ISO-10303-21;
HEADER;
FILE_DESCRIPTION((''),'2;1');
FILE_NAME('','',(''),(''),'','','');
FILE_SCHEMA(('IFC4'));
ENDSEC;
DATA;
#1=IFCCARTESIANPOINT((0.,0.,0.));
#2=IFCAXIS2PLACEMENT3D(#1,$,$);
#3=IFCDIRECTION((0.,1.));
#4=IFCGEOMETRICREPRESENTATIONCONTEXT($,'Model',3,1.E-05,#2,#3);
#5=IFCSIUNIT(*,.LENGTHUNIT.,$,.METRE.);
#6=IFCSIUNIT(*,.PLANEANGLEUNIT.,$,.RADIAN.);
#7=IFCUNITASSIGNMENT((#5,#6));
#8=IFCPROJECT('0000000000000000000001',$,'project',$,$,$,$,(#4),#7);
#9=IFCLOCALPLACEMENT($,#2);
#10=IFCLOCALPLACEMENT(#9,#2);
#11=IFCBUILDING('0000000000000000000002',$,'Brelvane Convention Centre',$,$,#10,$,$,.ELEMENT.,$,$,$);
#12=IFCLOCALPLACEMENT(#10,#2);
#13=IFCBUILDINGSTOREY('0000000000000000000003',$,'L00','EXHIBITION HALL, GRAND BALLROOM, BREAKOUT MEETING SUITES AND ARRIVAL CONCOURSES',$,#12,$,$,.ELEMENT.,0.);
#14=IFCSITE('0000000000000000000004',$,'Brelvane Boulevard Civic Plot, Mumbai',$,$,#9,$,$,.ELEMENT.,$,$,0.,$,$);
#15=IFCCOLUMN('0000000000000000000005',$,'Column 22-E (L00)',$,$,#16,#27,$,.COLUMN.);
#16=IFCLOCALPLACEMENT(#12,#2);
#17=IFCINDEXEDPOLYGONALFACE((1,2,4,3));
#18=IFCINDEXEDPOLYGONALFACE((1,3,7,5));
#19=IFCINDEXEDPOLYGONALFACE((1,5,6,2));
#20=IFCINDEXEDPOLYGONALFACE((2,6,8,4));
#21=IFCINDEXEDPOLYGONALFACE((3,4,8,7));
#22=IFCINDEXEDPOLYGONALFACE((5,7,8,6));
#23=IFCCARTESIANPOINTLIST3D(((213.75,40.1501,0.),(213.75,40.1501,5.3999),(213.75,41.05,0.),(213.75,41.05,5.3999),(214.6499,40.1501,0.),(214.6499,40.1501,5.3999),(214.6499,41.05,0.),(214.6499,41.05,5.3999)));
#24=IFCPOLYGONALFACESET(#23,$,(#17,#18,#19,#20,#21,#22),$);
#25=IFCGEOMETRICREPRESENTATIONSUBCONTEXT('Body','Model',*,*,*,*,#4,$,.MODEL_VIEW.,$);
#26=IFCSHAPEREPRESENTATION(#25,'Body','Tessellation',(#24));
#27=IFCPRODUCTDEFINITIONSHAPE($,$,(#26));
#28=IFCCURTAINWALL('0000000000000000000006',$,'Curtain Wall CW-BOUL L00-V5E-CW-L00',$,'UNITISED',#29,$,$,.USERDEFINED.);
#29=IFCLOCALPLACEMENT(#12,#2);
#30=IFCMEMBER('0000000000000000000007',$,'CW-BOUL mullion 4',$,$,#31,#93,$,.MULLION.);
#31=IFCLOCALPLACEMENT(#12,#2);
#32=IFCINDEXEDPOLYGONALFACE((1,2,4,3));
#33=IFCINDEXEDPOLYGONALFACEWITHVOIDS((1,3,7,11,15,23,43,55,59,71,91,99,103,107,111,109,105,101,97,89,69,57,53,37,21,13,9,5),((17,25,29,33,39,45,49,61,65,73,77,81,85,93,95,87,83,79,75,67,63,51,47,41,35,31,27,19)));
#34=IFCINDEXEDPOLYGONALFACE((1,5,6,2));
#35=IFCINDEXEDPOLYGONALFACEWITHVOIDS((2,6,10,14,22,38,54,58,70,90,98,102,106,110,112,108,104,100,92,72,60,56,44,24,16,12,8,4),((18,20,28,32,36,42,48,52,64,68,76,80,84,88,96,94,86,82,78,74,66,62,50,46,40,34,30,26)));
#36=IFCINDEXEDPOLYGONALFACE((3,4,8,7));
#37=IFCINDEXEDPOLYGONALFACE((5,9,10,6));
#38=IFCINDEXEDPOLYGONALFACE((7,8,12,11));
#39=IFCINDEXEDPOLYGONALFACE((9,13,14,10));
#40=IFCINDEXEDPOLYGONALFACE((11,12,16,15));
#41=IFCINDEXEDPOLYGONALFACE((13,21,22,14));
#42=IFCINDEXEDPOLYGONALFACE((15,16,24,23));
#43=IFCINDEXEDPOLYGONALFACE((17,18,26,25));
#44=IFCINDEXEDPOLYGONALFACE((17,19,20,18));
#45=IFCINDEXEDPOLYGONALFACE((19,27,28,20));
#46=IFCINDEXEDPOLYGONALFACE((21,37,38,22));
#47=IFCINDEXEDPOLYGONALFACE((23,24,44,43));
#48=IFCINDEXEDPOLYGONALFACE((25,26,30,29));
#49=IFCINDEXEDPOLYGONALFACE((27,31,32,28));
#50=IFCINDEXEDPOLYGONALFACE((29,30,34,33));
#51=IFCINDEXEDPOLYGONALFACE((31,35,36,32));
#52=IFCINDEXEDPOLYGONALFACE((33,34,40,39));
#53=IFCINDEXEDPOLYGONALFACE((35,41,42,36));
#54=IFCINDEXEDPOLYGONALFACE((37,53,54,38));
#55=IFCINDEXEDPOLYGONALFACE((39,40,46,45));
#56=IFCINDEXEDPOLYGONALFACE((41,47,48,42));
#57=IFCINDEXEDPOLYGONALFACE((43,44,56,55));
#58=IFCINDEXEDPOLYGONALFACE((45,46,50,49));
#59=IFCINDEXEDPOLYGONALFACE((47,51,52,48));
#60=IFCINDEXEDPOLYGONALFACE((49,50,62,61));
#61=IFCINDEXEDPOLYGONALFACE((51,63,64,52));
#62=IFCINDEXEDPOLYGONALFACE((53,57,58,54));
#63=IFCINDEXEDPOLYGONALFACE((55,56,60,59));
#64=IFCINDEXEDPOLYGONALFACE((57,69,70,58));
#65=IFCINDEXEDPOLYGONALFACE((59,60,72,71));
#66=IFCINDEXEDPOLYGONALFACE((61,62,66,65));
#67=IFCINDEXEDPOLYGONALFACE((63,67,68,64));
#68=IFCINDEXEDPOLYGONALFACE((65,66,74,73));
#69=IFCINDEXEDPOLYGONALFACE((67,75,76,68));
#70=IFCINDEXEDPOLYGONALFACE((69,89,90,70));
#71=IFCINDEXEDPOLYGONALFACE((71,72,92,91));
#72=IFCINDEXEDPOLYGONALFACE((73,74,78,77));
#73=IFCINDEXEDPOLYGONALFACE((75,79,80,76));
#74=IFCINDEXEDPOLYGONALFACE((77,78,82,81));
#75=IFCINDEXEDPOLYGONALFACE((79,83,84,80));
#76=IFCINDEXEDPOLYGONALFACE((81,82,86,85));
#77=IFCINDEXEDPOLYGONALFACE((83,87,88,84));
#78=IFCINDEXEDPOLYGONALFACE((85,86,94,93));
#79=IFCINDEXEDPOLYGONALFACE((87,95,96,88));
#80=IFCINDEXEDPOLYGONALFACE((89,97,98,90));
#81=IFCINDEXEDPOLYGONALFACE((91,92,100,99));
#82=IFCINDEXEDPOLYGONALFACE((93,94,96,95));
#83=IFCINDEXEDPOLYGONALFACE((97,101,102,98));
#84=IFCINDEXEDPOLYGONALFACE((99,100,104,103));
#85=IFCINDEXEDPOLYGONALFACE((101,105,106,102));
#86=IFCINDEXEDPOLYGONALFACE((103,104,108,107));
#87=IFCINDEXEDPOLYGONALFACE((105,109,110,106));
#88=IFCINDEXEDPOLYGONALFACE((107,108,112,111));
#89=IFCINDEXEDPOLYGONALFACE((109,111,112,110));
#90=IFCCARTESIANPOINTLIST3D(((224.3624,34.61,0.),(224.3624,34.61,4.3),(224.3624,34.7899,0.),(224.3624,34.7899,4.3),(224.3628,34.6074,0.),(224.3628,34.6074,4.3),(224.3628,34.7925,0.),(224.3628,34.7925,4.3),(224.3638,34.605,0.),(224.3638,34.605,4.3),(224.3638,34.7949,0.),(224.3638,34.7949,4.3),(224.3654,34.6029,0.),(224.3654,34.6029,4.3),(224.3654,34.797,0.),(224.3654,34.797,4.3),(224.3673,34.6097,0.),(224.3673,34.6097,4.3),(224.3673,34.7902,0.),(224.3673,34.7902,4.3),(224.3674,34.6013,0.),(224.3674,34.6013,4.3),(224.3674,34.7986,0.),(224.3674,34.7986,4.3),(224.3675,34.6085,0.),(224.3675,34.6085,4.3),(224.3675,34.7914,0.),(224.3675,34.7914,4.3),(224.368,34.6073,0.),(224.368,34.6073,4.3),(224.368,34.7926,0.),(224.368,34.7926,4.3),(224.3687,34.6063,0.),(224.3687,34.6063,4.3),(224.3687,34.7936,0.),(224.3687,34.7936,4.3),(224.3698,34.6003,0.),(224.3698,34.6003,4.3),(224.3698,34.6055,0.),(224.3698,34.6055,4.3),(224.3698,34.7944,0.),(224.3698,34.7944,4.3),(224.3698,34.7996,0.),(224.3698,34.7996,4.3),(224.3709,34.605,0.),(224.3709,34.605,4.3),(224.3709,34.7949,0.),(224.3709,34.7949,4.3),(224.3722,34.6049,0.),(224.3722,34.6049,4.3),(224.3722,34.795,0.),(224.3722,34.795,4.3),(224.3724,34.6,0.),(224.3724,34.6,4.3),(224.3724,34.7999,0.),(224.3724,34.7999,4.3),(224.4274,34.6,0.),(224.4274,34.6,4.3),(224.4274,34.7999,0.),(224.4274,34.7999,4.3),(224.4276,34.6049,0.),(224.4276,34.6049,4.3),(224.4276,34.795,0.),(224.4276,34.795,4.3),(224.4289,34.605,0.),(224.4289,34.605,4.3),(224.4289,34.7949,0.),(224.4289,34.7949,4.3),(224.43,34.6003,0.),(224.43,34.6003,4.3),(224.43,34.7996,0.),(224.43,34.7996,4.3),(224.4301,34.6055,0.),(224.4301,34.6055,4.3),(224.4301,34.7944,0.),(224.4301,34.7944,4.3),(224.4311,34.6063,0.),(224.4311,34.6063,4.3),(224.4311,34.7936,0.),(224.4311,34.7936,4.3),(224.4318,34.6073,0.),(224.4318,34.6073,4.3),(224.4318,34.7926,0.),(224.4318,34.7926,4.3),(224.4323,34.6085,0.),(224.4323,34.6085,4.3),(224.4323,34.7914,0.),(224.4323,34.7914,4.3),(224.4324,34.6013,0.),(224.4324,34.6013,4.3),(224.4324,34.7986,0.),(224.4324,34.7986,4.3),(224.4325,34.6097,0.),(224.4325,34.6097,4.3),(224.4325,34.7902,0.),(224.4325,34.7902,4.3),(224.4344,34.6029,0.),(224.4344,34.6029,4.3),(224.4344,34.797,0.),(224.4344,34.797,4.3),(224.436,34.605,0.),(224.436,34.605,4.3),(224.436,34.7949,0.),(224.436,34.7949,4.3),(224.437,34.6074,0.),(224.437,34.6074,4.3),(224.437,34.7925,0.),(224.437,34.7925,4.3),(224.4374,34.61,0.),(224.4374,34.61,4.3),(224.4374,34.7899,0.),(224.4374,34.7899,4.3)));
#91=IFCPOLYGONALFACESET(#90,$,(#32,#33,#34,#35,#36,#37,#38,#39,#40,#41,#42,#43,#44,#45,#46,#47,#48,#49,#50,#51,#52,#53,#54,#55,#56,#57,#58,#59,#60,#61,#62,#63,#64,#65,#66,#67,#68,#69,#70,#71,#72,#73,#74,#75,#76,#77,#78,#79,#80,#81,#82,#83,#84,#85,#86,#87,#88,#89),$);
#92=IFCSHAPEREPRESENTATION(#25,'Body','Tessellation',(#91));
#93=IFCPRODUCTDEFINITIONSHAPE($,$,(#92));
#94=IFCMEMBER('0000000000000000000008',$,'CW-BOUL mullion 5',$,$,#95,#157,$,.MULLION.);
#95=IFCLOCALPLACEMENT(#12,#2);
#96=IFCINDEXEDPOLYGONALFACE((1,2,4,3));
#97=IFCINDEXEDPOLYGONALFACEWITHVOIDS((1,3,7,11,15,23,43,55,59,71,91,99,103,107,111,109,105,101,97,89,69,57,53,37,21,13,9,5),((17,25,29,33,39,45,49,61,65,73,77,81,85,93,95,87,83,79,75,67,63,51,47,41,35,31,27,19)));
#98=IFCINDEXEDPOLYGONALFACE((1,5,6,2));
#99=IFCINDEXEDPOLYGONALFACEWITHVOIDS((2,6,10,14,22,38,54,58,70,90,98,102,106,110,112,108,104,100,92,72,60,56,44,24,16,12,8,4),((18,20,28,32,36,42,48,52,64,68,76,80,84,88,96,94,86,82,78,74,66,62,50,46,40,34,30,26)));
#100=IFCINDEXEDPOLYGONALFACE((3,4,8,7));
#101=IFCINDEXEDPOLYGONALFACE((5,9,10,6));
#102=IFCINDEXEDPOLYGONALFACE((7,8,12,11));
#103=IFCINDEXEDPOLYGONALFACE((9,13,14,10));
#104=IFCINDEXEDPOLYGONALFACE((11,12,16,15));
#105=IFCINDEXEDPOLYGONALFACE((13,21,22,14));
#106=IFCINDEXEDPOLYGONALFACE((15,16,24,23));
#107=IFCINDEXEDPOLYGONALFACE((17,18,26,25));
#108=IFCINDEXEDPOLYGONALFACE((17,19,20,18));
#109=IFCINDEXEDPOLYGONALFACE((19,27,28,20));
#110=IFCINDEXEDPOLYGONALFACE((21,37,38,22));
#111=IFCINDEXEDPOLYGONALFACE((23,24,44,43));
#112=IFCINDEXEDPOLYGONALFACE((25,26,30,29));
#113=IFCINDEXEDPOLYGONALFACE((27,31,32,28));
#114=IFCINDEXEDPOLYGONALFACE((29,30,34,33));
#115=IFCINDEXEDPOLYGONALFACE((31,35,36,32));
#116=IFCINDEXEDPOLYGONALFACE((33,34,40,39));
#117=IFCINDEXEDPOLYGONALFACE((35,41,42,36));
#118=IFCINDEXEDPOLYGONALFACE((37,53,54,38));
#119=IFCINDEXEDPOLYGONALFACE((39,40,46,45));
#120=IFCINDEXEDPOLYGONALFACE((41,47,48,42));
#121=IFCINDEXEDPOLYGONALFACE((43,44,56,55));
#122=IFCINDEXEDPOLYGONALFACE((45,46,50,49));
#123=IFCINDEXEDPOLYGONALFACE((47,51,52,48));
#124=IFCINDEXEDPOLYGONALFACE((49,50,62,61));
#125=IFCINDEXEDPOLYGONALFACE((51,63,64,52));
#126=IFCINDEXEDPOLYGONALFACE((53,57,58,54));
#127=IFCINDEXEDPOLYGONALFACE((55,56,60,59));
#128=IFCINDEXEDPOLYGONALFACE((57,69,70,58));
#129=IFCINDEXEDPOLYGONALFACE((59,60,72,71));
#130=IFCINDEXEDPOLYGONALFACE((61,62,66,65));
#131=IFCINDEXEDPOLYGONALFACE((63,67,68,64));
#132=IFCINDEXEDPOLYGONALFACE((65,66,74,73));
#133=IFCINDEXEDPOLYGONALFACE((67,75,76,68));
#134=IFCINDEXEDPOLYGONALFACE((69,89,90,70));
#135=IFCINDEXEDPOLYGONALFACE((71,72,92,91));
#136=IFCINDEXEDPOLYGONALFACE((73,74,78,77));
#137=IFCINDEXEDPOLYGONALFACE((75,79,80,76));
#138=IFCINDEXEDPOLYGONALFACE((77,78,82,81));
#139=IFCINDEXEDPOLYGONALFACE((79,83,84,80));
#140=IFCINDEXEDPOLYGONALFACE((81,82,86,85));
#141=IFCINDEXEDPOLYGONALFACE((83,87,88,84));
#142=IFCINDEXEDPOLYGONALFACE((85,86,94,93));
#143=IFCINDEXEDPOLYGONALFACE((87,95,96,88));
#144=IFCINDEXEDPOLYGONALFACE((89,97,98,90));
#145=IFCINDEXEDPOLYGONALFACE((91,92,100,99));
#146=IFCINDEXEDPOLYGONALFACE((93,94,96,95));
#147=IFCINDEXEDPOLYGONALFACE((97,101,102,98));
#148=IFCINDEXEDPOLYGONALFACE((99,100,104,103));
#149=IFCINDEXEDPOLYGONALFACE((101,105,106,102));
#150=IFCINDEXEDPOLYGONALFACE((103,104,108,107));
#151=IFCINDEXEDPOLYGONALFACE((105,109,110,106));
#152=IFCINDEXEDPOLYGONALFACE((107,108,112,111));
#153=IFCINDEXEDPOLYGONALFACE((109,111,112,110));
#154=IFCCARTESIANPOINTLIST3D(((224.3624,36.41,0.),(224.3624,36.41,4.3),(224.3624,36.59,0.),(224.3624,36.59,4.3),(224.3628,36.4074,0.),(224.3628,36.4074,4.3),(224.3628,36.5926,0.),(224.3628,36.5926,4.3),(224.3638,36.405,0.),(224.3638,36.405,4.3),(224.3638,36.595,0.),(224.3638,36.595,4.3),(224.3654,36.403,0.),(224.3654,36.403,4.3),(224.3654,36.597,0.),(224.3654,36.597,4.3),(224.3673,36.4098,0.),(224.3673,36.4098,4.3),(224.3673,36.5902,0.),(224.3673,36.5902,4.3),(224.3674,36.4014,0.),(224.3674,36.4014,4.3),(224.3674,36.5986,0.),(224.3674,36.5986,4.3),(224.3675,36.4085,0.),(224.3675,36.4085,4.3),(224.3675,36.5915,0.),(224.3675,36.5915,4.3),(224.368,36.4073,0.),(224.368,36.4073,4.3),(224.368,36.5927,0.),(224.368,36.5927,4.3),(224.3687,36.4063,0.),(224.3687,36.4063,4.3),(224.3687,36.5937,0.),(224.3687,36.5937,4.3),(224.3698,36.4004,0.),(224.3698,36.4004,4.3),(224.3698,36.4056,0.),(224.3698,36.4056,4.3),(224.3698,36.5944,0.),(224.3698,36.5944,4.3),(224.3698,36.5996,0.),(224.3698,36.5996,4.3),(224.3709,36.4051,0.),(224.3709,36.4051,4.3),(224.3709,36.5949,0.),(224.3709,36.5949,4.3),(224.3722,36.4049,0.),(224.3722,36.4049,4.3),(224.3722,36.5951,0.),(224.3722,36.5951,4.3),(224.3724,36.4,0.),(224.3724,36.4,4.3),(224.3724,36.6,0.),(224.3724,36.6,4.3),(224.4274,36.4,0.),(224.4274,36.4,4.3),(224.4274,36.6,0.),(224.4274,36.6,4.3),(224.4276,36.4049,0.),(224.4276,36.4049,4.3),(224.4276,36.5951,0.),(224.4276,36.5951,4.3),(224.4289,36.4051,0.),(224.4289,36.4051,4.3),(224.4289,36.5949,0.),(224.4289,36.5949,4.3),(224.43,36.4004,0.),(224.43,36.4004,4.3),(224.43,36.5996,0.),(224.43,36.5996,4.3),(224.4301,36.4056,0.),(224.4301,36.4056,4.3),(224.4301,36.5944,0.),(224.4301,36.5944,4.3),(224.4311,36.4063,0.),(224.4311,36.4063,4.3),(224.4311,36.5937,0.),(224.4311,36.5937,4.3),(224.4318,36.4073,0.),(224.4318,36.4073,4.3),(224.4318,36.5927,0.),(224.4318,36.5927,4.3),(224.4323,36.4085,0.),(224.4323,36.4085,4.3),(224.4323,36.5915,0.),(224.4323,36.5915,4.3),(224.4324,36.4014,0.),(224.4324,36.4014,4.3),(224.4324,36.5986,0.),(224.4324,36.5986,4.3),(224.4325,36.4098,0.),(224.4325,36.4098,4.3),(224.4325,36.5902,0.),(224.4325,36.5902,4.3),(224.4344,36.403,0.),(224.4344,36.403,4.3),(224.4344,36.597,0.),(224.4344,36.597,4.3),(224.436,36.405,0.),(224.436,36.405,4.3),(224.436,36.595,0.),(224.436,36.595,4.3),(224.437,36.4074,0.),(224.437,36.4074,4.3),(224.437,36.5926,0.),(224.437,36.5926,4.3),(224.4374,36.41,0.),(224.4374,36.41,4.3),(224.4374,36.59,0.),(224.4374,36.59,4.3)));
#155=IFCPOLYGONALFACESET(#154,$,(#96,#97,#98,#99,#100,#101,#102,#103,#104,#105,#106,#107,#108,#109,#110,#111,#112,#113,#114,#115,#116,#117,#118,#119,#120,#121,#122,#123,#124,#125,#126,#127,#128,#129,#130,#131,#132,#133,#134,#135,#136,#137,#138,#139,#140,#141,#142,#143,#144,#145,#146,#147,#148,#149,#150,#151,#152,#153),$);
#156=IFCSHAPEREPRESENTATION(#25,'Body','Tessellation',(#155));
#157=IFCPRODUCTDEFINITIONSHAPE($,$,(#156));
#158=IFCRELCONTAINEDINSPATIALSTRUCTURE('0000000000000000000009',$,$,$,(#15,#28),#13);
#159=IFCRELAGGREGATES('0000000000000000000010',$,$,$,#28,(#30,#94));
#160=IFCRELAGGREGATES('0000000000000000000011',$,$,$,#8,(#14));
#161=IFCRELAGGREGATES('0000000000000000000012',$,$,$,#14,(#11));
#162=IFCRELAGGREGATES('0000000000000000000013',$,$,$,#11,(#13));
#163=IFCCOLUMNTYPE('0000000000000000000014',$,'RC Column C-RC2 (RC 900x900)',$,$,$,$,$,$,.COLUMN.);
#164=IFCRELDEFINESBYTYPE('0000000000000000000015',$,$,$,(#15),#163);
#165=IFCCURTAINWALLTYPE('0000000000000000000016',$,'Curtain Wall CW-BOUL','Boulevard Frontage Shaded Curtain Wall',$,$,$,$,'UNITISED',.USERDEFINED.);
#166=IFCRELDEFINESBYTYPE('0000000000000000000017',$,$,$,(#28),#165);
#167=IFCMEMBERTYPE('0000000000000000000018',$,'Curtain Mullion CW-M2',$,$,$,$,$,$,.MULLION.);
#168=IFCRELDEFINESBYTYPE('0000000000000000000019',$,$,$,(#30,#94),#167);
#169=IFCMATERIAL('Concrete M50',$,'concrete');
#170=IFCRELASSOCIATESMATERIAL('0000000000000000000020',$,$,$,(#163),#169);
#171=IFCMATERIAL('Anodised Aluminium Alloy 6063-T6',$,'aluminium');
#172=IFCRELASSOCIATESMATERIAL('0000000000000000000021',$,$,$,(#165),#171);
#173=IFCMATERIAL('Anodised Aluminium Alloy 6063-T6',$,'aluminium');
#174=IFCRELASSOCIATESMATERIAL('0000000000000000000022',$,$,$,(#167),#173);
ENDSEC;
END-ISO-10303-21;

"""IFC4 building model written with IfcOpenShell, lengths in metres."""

from ifc_helpers import new_model, si_unit, direction, frame, origin, origin_2d, place, context, subcontext, project, spatial, rectangle, hollow_rectangle, extrude, material, material_profile, profile_set, type_object, element, aggregate, save


model = new_model("IFC4")

# Units and contexts
model_context = context("Model", 3, precision=1e-05, world=origin(), true_north=direction((0.0, 1.0)))
body_context = subcontext(model_context, "Body", "Model", "MODEL_VIEW")
ifc_project = project(units=[si_unit("LENGTHUNIT", "METRE"), si_unit("PLANEANGLEUNIT", "RADIAN")], contexts=[model_context])

# Site, building, storey
site_placement = place(None, origin())
site = spatial("IfcSite", under=ifc_project, at=site_placement, Name="Brelvane Boulevard Civic Plot, Mumbai", CompositionType="ELEMENT", RefElevation=0.0)
building_placement = place(site_placement, origin())
building = spatial("IfcBuilding", under=site, at=building_placement, Name="Brelvane Convention Centre", CompositionType="ELEMENT")
storey_placement = place(building_placement, origin())
storey = spatial("IfcBuildingStorey", under=building, at=storey_placement, Name="L00", Description="EXHIBITION HALL, GRAND BALLROOM, BREAKOUT MEETING SUITES AND ARRIVAL CONCOURSES", CompositionType="ELEMENT", Elevation=0.0)

# Column
ifc_material_1 = material(Name="Concrete M50", Category="concrete")
ifc_material_profile_1 = material_profile(ifc_material_1, rectangle(XDim=0.8999, YDim=0.8999, at=origin_2d()), Name="RC 900x900")
ifc_profile_set_1 = profile_set([ifc_material_profile_1], Name="Concrete M50")
column_type = type_object("IfcColumnType", Name="RC Column C-RC2 (RC 900x900)", PredefinedType="COLUMN", material=ifc_profile_set_1)
column_placement = place(storey_placement, frame((214.2, 40.6001, 0.0), z_axis=(0.0, 0.0, 1.0), x_axis=(1.0, 0.0, 0.0)))
element("IfcColumn", 1, at=column_placement, inside=storey, type_object=column_type, Name="Column 22-E (L00)", PredefinedType="COLUMN", context=body_context, shape_type="SweptSolid", body=[
    extrude(rectangle(XDim=0.8999, YDim=0.8999, at=origin_2d()), origin(), (0.0, 0.0, 1.0), 5.3999),
])

# Curtain wall, members
ifc_material_2 = material(Name="Anodised Aluminium Alloy 6063-T6", Category="aluminium")
curtain_wall_type = type_object("IfcCurtainWallType", Name="Curtain Wall CW-BOUL", Description="Boulevard Frontage Shaded Curtain Wall", ElementType="UNITISED", PredefinedType="USERDEFINED", material=ifc_material_2)
curtain_wall_placement = place(storey_placement, origin())
curtain_wall = element("IfcCurtainWall", 2, at=curtain_wall_placement, inside=storey, type_object=curtain_wall_type, Name="Curtain Wall CW-BOUL L00-V5E-CW-L00", ObjectType="UNITISED", PredefinedType="USERDEFINED")
ifc_material_3 = material(Name="Anodised Aluminium Alloy 6063-T6", Category="aluminium")
ifc_material_profile_2 = material_profile(ifc_material_3, hollow_rectangle(XDim=0.075, YDim=0.2, WallThickness=0.0049, InnerFilletRadius=0.0049, OuterFilletRadius=0.01, at=origin_2d()), Name="ALU-M 200x75x5.0")
ifc_profile_set_2 = profile_set([ifc_material_profile_2], Name="Anodised Aluminium Alloy 6063-T6")
member_type_1 = type_object("IfcMemberType", Name="Curtain Mullion CW-M2", PredefinedType="MULLION", material=ifc_profile_set_2)
member_1_placement = place(storey_placement, frame((224.3999, 34.7, 0.0), z_axis=(0.0, 0.0, 1.0), x_axis=(-1.0, 0.0, 0.0)))
member_1 = element("IfcMember", 3, at=member_1_placement, type_object=member_type_1, Name="CW-BOUL mullion 4", PredefinedType="MULLION", context=body_context, shape_type="SweptSolid", body=[
    extrude(hollow_rectangle(XDim=0.075, YDim=0.2, WallThickness=0.0049, InnerFilletRadius=0.0049, OuterFilletRadius=0.01, at=origin_2d()), origin(), (0.0, 0.0, 1.0), 4.3),
])
member_2_placement = place(storey_placement, frame((224.3999, 36.5, 0.0), z_axis=(0.0, 0.0, 1.0), x_axis=(-1.0, 0.0, 0.0)))
member_2 = element("IfcMember", 4, at=member_2_placement, type_object=member_type_1, Name="CW-BOUL mullion 5", PredefinedType="MULLION", context=body_context, shape_type="SweptSolid", body=[
    extrude(hollow_rectangle(XDim=0.075, YDim=0.2, WallThickness=0.0049, InnerFilletRadius=0.0049, OuterFilletRadius=0.01, at=origin_2d()), origin(), (0.0, 0.0, 1.0), 4.3),
])

aggregate(curtain_wall, [member_1, member_2])

save(model, "model.ifc")
